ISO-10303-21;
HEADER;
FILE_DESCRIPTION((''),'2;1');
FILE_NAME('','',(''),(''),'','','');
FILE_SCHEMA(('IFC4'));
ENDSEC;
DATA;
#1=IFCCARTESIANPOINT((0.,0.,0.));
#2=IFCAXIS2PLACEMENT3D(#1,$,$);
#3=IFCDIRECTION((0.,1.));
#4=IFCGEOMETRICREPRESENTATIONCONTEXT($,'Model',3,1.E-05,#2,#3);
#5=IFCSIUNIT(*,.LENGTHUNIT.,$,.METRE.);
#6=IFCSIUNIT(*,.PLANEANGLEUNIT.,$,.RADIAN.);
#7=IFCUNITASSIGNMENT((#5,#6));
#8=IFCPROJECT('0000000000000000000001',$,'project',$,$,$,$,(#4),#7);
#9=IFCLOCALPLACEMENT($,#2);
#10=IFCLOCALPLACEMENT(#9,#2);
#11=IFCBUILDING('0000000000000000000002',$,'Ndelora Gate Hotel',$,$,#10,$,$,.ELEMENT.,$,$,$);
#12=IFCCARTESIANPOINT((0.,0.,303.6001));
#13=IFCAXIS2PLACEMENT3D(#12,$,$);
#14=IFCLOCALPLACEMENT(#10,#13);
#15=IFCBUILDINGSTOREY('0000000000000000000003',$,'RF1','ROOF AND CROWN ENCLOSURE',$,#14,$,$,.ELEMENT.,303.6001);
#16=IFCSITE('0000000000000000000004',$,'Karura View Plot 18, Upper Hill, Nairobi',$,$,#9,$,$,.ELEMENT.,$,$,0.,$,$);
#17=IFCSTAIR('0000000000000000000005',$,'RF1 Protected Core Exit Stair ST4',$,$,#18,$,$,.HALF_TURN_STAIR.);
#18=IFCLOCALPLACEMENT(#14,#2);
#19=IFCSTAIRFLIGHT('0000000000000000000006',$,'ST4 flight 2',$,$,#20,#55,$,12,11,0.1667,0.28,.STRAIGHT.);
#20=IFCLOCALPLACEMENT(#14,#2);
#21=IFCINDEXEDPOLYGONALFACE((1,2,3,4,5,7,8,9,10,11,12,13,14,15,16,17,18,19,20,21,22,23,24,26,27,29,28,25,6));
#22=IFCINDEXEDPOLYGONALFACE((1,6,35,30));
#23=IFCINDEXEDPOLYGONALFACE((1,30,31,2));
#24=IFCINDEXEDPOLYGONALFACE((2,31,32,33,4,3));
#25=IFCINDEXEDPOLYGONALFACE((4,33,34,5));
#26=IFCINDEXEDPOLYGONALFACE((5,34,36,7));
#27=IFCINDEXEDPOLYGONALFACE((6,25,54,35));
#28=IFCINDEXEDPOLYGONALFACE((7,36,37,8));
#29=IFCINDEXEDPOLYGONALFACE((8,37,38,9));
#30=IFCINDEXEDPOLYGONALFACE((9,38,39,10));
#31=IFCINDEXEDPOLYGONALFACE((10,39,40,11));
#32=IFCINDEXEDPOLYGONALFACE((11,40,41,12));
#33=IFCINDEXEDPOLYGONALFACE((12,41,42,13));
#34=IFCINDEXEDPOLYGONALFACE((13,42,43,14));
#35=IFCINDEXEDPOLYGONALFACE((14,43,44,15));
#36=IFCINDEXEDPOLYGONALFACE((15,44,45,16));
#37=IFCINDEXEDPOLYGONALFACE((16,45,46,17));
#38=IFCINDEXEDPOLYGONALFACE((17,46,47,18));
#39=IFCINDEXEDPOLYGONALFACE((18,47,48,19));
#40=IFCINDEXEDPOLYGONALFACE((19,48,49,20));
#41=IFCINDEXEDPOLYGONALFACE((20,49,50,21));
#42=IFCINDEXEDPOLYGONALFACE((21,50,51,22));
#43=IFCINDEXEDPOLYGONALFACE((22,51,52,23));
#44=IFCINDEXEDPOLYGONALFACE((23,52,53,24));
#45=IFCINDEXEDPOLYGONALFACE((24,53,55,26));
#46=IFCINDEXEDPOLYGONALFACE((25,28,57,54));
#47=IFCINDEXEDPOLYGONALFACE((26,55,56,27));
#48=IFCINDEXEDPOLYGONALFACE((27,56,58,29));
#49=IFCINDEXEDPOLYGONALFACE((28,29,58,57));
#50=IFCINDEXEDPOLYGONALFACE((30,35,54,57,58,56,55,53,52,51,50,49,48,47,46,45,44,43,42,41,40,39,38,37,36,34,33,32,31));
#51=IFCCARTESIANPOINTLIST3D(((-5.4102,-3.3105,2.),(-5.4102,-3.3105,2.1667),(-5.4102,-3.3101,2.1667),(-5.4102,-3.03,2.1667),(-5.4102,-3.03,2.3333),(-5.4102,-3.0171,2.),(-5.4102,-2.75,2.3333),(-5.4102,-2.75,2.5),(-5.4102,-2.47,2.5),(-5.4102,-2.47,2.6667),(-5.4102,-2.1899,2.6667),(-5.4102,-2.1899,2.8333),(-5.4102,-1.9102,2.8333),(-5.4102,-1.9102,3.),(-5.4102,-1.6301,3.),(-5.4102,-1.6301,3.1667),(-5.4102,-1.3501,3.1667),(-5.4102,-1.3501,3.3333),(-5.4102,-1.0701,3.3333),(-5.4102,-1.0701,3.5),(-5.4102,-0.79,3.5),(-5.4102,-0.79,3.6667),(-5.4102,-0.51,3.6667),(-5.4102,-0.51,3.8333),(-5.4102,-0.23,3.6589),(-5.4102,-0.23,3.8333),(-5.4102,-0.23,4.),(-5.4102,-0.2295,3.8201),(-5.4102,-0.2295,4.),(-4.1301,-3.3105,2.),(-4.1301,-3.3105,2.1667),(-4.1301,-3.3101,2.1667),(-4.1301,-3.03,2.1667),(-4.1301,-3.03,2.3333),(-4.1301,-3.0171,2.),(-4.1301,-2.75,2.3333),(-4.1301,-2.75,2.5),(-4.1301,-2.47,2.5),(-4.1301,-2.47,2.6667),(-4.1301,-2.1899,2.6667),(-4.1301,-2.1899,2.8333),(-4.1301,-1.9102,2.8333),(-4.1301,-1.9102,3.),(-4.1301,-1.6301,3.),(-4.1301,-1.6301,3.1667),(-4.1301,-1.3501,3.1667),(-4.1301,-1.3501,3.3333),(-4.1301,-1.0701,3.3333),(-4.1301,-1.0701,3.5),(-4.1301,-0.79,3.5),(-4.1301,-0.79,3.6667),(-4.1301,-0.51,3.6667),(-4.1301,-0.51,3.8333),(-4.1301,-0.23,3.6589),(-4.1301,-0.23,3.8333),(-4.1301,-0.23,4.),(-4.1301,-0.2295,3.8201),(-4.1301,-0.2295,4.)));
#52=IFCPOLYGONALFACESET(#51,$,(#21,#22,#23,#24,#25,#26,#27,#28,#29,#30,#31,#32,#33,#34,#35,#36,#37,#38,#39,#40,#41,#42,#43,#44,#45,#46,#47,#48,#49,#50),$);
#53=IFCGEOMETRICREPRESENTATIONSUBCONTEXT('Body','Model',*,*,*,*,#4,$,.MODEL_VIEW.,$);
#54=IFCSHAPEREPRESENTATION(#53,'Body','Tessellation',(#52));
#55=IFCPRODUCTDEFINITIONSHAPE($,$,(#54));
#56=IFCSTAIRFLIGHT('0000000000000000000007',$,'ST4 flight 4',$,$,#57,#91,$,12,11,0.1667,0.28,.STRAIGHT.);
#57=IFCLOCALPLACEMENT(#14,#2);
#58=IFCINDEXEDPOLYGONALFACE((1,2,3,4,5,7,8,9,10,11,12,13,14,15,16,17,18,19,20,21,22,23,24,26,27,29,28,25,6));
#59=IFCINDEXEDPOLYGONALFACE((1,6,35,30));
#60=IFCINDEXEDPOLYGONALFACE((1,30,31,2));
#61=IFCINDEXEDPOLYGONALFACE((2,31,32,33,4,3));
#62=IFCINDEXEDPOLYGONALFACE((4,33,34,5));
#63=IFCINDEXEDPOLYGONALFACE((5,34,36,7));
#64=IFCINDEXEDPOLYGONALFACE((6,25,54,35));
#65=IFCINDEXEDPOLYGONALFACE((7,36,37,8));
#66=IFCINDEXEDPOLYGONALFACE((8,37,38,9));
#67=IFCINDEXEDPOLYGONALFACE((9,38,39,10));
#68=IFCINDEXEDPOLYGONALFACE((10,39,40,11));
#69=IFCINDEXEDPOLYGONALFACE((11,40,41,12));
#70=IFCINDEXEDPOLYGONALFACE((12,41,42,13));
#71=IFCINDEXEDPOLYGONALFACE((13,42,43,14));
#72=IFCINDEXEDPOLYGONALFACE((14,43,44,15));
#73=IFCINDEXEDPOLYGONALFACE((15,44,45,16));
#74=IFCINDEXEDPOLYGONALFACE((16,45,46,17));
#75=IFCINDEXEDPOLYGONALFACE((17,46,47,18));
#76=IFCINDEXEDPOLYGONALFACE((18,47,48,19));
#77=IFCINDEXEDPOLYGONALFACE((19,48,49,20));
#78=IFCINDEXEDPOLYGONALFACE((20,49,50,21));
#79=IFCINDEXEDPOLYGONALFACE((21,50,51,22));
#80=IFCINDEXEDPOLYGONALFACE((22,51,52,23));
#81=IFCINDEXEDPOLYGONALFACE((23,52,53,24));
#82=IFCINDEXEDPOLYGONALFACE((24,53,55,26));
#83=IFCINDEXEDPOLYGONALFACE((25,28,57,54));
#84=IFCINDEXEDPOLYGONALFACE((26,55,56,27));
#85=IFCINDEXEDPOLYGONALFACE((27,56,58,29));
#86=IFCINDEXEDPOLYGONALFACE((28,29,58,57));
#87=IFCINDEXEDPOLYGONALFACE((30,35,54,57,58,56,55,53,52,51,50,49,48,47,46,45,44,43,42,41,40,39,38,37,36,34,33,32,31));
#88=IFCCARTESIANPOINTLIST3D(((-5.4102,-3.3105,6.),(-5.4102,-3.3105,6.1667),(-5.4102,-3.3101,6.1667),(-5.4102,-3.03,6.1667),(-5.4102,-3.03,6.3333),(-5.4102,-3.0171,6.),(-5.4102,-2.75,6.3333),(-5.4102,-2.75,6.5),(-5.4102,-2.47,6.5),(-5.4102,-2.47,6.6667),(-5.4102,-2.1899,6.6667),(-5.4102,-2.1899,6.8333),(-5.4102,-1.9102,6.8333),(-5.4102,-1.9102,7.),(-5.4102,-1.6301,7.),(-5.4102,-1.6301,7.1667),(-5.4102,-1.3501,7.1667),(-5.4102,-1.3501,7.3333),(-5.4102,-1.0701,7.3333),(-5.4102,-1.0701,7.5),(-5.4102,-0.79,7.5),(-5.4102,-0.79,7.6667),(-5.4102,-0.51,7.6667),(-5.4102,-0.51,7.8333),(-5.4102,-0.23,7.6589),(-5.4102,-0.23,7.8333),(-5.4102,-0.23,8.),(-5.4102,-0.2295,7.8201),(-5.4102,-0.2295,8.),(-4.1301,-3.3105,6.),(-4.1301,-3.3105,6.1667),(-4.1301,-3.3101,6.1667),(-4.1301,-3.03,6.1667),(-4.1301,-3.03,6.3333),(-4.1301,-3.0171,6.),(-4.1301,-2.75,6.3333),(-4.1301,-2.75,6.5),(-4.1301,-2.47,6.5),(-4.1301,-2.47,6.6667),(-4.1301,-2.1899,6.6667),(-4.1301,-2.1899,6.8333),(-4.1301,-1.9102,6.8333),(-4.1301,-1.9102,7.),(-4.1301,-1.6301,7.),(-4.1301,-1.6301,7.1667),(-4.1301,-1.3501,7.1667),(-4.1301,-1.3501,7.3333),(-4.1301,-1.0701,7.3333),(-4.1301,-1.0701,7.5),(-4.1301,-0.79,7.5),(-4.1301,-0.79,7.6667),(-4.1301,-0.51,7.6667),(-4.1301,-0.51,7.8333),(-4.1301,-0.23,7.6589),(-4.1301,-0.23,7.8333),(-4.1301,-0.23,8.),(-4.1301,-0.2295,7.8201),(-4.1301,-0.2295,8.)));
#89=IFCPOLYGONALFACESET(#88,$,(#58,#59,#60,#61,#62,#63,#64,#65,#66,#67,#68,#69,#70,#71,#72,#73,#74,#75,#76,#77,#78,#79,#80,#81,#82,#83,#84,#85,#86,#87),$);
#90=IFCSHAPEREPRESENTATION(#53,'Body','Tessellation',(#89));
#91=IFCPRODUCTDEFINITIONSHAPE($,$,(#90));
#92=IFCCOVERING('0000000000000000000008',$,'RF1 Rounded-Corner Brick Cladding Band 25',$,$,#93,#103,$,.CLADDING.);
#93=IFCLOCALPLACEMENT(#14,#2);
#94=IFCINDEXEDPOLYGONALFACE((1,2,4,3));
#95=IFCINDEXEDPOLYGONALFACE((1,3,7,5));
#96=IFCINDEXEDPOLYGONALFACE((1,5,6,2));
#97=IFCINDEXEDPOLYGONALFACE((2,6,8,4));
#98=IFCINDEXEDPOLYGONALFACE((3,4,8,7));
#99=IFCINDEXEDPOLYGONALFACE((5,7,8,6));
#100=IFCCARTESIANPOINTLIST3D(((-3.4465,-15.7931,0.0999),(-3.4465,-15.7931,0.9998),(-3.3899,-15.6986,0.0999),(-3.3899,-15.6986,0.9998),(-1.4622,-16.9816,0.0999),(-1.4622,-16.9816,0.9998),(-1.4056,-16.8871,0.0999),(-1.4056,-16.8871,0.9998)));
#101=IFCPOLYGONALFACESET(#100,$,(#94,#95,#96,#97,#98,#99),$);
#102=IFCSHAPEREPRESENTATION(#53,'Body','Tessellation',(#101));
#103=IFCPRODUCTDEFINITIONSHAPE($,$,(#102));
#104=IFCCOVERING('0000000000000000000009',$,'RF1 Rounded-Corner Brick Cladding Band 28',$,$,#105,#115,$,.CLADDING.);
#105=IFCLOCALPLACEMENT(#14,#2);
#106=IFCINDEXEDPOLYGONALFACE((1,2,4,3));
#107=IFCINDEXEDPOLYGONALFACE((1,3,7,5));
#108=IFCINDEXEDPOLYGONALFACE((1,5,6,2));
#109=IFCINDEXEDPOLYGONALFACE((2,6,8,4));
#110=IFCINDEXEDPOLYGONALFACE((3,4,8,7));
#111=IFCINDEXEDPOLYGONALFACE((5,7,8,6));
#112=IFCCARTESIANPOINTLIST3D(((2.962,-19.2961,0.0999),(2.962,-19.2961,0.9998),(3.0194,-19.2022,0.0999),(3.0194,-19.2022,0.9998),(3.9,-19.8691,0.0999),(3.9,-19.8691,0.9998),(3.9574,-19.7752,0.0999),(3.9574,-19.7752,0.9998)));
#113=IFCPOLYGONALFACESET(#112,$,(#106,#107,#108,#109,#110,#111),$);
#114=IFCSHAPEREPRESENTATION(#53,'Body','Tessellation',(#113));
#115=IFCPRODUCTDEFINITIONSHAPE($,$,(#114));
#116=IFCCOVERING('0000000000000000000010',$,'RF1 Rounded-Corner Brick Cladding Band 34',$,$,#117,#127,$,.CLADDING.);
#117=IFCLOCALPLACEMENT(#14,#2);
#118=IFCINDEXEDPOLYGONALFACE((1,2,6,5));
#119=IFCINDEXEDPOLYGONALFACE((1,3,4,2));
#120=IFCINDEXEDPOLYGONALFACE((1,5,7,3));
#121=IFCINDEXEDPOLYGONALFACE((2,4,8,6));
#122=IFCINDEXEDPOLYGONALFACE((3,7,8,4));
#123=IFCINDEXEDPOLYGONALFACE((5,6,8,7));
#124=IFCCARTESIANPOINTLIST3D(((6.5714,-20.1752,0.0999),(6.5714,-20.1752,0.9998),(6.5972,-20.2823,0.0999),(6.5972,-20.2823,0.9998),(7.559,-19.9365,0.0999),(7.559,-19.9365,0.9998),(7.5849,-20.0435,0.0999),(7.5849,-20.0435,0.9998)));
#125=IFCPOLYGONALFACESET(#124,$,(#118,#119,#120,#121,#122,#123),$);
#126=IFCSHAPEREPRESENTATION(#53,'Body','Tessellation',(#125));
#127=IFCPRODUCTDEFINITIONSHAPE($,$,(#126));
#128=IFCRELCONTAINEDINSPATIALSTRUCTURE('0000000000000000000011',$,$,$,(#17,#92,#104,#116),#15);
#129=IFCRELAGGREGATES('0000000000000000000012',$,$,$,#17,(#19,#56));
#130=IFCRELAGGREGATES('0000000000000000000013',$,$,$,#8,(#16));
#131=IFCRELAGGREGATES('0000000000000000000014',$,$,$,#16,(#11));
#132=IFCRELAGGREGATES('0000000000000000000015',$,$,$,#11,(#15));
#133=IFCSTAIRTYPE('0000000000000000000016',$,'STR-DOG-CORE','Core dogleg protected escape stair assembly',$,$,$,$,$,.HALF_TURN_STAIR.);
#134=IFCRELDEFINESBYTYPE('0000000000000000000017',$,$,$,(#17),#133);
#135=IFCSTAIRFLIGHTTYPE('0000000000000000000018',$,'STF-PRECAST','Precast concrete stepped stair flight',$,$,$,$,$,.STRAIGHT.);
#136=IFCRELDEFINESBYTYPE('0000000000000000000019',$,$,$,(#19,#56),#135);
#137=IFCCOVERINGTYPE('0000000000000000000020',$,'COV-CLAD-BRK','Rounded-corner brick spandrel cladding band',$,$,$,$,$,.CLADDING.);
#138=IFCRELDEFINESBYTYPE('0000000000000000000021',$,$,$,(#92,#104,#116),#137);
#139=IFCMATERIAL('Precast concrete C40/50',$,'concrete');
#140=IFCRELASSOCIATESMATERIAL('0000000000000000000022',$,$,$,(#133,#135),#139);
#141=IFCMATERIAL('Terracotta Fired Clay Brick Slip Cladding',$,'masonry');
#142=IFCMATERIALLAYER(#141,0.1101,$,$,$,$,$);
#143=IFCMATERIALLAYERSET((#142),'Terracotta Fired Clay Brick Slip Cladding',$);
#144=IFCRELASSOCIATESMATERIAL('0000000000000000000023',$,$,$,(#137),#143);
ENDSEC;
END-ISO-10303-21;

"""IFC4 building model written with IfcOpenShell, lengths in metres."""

from ifc_helpers import new_model, si_unit, direction, frame, origin, origin_2d, place, context, subcontext, project, spatial, polyline, rectangle, outline, extrude, material, layer, layer_set, type_object, element, aggregate, save


model = new_model("IFC4")

# Units and contexts
model_context = context("Model", 3, precision=1e-05, world=origin(), true_north=direction((0.0, 1.0)))
body_context = subcontext(model_context, "Body", "Model", "MODEL_VIEW")
ifc_project = project(units=[si_unit("LENGTHUNIT", "METRE"), si_unit("PLANEANGLEUNIT", "RADIAN")], contexts=[model_context])

# Site, building, storey
site_placement = place(None, origin())
site = spatial("IfcSite", under=ifc_project, at=site_placement, Name="Karura View Plot 18, Upper Hill, Nairobi", CompositionType="ELEMENT", RefElevation=0.0)
building_placement = place(site_placement, origin())
building = spatial("IfcBuilding", under=site, at=building_placement, Name="Ndelora Gate Hotel", CompositionType="ELEMENT")
storey_placement = place(building_placement, frame((0.0, 0.0, 303.6001)))
storey = spatial("IfcBuildingStorey", under=building, at=storey_placement, Name="RF1", Description="ROOF AND CROWN ENCLOSURE", CompositionType="ELEMENT", Elevation=303.6001)

# Stair
ifc_material_1 = material(Name="Precast concrete C40/50", Category="concrete")
stair_type = type_object("IfcStairType", Name="STR-DOG-CORE", Description="Core dogleg protected escape stair assembly", PredefinedType="HALF_TURN_STAIR", material=ifc_material_1)
stair_1_placement = place(storey_placement, origin())
stair_1 = element("IfcStair", 1, at=stair_1_placement, inside=storey, type_object=stair_type, Name="RF1 Protected Core Exit Stair ST4", PredefinedType="HALF_TURN_STAIR")

# Stair flights
stair_flight_type = type_object("IfcStairFlightType", Name="STF-PRECAST", Description="Precast concrete stepped stair flight", PredefinedType="STRAIGHT", material=ifc_material_1)
stair_flight_1_placement = place(storey_placement, frame((-4.77, -3.3101, 2.0), z_axis=(0.0, 0.0, 1.0), x_axis=(0.0, 1.0, 0.0)))
stair_flight_1 = element("IfcStairFlight", 2, at=stair_flight_1_placement, type_object=stair_flight_type, Name="ST4 flight 2", NumberOfRisers=12, NumberOfTreads=11, PredefinedType="STRAIGHT", RiserHeight=0.1667, TreadLength=0.28, context=body_context, shape_type="SweptSolid", body=[
    extrude(outline(polyline([(-0.0005, 0.0), (-0.0005, 0.1667), (0.0, 0.1667), (0.28, 0.1667), (0.28, 0.3333), (0.5601, 0.3333), (0.5601, 0.5), (0.8401, 0.5), (0.8401, 0.6667), (1.1201, 0.6667), (1.1201, 0.8333), (1.3999, 0.8333), (1.3999, 1.0), (1.6799, 1.0), (1.6799, 1.1667), (1.96, 1.1667), (1.96, 1.3333), (2.24, 1.3333), (2.24, 1.5), (2.52, 1.5), (2.52, 1.6667), (2.8, 1.6667), (2.8, 1.8333), (3.0801, 1.8333), (3.0801, 2.0), (3.0806, 2.0), (3.0806, 1.8201), (3.0801, 1.6589), (0.293, 0.0), (-0.0005, 0.0)])), frame((0.0, 0.6401, 0.0), z_axis=(0.0, -1.0, 0.0), x_axis=(1.0, 0.0, 0.0)), (0.0, 0.0, 1.0), 1.28),
])
stair_flight_2_placement = place(storey_placement, frame((-4.77, -3.3101, 6.0), z_axis=(0.0, 0.0, 1.0), x_axis=(0.0, 1.0, 0.0)))
stair_flight_2 = element("IfcStairFlight", 3, at=stair_flight_2_placement, type_object=stair_flight_type, Name="ST4 flight 4", NumberOfRisers=12, NumberOfTreads=11, PredefinedType="STRAIGHT", RiserHeight=0.1667, TreadLength=0.28, context=body_context, shape_type="SweptSolid", body=[
    extrude(outline(polyline([(-0.0005, 0.0), (-0.0005, 0.1667), (0.0, 0.1667), (0.28, 0.1667), (0.28, 0.3333), (0.5601, 0.3333), (0.5601, 0.5), (0.8401, 0.5), (0.8401, 0.6667), (1.1201, 0.6667), (1.1201, 0.8333), (1.3999, 0.8333), (1.3999, 1.0), (1.6799, 1.0), (1.6799, 1.1667), (1.96, 1.1667), (1.96, 1.3333), (2.24, 1.3333), (2.24, 1.5), (2.52, 1.5), (2.52, 1.6667), (2.8, 1.6667), (2.8, 1.8333), (3.0801, 1.8333), (3.0801, 2.0), (3.0806, 2.0), (3.0806, 1.8201), (3.0801, 1.6589), (0.293, 0.0), (-0.0005, 0.0)])), frame((0.0, 0.6401, 0.0), z_axis=(0.0, -1.0, 0.0), x_axis=(1.0, 0.0, 0.0)), (0.0, 0.0, 1.0), 1.28),
])
aggregate(stair_1, [stair_flight_1, stair_flight_2])

# Coverings
ifc_material_2 = material(Name="Terracotta Fired Clay Brick Slip Cladding", Category="masonry")
ifc_layer_1 = layer(ifc_material_2, 0.1101)
ifc_layer_set_1 = layer_set([ifc_layer_1], Name="Terracotta Fired Clay Brick Slip Cladding")
covering_type = type_object("IfcCoveringType", Name="COV-CLAD-BRK", Description="Rounded-corner brick spandrel cladding band", PredefinedType="CLADDING", material=ifc_layer_set_1)
covering_1_placement = place(storey_placement, frame((-2.426, -16.3401, 0.0999), z_axis=(0.0, 0.0, 1.0), x_axis=(-0.857886, 0.513841, 0.0)))
element("IfcCovering", 4, at=covering_1_placement, inside=storey, type_object=covering_type, Name="RF1 Rounded-Corner Brick Cladding Band 25", PredefinedType="CLADDING", context=body_context, shape_type="SweptSolid", body=[
    extrude(rectangle(XDim=2.313, YDim=0.1101, at=origin_2d()), origin(), (0.0, 0.0, 1.0), 0.8999),
])
covering_2_placement = place(storey_placement, frame((3.4597, -19.5356, 0.0999), z_axis=(0.0, 0.0, 1.0), x_axis=(-0.853369, 0.521308, 0.0)))
element("IfcCovering", 5, at=covering_2_placement, inside=storey, type_object=covering_type, Name="RF1 Rounded-Corner Brick Cladding Band 28", PredefinedType="CLADDING", context=body_context, shape_type="SweptSolid", body=[
    extrude(rectangle(XDim=1.0991, YDim=0.1101, at=origin_2d()), origin(), (0.0, 0.0, 1.0), 0.8999),
])
covering_3_placement = place(storey_placement, frame((7.0781, -20.1094, 0.0999), z_axis=(0.0, 0.0, 1.0), x_axis=(0.972002, 0.234972, 0.0)))
element("IfcCovering", 6, at=covering_3_placement, inside=storey, type_object=covering_type, Name="RF1 Rounded-Corner Brick Cladding Band 34", PredefinedType="CLADDING", context=body_context, shape_type="SweptSolid", body=[
    extrude(rectangle(XDim=1.0161, YDim=0.1101, at=origin_2d()), origin(), (0.0, 0.0, 1.0), 0.8999),
])

save(model, "model.ifc")
